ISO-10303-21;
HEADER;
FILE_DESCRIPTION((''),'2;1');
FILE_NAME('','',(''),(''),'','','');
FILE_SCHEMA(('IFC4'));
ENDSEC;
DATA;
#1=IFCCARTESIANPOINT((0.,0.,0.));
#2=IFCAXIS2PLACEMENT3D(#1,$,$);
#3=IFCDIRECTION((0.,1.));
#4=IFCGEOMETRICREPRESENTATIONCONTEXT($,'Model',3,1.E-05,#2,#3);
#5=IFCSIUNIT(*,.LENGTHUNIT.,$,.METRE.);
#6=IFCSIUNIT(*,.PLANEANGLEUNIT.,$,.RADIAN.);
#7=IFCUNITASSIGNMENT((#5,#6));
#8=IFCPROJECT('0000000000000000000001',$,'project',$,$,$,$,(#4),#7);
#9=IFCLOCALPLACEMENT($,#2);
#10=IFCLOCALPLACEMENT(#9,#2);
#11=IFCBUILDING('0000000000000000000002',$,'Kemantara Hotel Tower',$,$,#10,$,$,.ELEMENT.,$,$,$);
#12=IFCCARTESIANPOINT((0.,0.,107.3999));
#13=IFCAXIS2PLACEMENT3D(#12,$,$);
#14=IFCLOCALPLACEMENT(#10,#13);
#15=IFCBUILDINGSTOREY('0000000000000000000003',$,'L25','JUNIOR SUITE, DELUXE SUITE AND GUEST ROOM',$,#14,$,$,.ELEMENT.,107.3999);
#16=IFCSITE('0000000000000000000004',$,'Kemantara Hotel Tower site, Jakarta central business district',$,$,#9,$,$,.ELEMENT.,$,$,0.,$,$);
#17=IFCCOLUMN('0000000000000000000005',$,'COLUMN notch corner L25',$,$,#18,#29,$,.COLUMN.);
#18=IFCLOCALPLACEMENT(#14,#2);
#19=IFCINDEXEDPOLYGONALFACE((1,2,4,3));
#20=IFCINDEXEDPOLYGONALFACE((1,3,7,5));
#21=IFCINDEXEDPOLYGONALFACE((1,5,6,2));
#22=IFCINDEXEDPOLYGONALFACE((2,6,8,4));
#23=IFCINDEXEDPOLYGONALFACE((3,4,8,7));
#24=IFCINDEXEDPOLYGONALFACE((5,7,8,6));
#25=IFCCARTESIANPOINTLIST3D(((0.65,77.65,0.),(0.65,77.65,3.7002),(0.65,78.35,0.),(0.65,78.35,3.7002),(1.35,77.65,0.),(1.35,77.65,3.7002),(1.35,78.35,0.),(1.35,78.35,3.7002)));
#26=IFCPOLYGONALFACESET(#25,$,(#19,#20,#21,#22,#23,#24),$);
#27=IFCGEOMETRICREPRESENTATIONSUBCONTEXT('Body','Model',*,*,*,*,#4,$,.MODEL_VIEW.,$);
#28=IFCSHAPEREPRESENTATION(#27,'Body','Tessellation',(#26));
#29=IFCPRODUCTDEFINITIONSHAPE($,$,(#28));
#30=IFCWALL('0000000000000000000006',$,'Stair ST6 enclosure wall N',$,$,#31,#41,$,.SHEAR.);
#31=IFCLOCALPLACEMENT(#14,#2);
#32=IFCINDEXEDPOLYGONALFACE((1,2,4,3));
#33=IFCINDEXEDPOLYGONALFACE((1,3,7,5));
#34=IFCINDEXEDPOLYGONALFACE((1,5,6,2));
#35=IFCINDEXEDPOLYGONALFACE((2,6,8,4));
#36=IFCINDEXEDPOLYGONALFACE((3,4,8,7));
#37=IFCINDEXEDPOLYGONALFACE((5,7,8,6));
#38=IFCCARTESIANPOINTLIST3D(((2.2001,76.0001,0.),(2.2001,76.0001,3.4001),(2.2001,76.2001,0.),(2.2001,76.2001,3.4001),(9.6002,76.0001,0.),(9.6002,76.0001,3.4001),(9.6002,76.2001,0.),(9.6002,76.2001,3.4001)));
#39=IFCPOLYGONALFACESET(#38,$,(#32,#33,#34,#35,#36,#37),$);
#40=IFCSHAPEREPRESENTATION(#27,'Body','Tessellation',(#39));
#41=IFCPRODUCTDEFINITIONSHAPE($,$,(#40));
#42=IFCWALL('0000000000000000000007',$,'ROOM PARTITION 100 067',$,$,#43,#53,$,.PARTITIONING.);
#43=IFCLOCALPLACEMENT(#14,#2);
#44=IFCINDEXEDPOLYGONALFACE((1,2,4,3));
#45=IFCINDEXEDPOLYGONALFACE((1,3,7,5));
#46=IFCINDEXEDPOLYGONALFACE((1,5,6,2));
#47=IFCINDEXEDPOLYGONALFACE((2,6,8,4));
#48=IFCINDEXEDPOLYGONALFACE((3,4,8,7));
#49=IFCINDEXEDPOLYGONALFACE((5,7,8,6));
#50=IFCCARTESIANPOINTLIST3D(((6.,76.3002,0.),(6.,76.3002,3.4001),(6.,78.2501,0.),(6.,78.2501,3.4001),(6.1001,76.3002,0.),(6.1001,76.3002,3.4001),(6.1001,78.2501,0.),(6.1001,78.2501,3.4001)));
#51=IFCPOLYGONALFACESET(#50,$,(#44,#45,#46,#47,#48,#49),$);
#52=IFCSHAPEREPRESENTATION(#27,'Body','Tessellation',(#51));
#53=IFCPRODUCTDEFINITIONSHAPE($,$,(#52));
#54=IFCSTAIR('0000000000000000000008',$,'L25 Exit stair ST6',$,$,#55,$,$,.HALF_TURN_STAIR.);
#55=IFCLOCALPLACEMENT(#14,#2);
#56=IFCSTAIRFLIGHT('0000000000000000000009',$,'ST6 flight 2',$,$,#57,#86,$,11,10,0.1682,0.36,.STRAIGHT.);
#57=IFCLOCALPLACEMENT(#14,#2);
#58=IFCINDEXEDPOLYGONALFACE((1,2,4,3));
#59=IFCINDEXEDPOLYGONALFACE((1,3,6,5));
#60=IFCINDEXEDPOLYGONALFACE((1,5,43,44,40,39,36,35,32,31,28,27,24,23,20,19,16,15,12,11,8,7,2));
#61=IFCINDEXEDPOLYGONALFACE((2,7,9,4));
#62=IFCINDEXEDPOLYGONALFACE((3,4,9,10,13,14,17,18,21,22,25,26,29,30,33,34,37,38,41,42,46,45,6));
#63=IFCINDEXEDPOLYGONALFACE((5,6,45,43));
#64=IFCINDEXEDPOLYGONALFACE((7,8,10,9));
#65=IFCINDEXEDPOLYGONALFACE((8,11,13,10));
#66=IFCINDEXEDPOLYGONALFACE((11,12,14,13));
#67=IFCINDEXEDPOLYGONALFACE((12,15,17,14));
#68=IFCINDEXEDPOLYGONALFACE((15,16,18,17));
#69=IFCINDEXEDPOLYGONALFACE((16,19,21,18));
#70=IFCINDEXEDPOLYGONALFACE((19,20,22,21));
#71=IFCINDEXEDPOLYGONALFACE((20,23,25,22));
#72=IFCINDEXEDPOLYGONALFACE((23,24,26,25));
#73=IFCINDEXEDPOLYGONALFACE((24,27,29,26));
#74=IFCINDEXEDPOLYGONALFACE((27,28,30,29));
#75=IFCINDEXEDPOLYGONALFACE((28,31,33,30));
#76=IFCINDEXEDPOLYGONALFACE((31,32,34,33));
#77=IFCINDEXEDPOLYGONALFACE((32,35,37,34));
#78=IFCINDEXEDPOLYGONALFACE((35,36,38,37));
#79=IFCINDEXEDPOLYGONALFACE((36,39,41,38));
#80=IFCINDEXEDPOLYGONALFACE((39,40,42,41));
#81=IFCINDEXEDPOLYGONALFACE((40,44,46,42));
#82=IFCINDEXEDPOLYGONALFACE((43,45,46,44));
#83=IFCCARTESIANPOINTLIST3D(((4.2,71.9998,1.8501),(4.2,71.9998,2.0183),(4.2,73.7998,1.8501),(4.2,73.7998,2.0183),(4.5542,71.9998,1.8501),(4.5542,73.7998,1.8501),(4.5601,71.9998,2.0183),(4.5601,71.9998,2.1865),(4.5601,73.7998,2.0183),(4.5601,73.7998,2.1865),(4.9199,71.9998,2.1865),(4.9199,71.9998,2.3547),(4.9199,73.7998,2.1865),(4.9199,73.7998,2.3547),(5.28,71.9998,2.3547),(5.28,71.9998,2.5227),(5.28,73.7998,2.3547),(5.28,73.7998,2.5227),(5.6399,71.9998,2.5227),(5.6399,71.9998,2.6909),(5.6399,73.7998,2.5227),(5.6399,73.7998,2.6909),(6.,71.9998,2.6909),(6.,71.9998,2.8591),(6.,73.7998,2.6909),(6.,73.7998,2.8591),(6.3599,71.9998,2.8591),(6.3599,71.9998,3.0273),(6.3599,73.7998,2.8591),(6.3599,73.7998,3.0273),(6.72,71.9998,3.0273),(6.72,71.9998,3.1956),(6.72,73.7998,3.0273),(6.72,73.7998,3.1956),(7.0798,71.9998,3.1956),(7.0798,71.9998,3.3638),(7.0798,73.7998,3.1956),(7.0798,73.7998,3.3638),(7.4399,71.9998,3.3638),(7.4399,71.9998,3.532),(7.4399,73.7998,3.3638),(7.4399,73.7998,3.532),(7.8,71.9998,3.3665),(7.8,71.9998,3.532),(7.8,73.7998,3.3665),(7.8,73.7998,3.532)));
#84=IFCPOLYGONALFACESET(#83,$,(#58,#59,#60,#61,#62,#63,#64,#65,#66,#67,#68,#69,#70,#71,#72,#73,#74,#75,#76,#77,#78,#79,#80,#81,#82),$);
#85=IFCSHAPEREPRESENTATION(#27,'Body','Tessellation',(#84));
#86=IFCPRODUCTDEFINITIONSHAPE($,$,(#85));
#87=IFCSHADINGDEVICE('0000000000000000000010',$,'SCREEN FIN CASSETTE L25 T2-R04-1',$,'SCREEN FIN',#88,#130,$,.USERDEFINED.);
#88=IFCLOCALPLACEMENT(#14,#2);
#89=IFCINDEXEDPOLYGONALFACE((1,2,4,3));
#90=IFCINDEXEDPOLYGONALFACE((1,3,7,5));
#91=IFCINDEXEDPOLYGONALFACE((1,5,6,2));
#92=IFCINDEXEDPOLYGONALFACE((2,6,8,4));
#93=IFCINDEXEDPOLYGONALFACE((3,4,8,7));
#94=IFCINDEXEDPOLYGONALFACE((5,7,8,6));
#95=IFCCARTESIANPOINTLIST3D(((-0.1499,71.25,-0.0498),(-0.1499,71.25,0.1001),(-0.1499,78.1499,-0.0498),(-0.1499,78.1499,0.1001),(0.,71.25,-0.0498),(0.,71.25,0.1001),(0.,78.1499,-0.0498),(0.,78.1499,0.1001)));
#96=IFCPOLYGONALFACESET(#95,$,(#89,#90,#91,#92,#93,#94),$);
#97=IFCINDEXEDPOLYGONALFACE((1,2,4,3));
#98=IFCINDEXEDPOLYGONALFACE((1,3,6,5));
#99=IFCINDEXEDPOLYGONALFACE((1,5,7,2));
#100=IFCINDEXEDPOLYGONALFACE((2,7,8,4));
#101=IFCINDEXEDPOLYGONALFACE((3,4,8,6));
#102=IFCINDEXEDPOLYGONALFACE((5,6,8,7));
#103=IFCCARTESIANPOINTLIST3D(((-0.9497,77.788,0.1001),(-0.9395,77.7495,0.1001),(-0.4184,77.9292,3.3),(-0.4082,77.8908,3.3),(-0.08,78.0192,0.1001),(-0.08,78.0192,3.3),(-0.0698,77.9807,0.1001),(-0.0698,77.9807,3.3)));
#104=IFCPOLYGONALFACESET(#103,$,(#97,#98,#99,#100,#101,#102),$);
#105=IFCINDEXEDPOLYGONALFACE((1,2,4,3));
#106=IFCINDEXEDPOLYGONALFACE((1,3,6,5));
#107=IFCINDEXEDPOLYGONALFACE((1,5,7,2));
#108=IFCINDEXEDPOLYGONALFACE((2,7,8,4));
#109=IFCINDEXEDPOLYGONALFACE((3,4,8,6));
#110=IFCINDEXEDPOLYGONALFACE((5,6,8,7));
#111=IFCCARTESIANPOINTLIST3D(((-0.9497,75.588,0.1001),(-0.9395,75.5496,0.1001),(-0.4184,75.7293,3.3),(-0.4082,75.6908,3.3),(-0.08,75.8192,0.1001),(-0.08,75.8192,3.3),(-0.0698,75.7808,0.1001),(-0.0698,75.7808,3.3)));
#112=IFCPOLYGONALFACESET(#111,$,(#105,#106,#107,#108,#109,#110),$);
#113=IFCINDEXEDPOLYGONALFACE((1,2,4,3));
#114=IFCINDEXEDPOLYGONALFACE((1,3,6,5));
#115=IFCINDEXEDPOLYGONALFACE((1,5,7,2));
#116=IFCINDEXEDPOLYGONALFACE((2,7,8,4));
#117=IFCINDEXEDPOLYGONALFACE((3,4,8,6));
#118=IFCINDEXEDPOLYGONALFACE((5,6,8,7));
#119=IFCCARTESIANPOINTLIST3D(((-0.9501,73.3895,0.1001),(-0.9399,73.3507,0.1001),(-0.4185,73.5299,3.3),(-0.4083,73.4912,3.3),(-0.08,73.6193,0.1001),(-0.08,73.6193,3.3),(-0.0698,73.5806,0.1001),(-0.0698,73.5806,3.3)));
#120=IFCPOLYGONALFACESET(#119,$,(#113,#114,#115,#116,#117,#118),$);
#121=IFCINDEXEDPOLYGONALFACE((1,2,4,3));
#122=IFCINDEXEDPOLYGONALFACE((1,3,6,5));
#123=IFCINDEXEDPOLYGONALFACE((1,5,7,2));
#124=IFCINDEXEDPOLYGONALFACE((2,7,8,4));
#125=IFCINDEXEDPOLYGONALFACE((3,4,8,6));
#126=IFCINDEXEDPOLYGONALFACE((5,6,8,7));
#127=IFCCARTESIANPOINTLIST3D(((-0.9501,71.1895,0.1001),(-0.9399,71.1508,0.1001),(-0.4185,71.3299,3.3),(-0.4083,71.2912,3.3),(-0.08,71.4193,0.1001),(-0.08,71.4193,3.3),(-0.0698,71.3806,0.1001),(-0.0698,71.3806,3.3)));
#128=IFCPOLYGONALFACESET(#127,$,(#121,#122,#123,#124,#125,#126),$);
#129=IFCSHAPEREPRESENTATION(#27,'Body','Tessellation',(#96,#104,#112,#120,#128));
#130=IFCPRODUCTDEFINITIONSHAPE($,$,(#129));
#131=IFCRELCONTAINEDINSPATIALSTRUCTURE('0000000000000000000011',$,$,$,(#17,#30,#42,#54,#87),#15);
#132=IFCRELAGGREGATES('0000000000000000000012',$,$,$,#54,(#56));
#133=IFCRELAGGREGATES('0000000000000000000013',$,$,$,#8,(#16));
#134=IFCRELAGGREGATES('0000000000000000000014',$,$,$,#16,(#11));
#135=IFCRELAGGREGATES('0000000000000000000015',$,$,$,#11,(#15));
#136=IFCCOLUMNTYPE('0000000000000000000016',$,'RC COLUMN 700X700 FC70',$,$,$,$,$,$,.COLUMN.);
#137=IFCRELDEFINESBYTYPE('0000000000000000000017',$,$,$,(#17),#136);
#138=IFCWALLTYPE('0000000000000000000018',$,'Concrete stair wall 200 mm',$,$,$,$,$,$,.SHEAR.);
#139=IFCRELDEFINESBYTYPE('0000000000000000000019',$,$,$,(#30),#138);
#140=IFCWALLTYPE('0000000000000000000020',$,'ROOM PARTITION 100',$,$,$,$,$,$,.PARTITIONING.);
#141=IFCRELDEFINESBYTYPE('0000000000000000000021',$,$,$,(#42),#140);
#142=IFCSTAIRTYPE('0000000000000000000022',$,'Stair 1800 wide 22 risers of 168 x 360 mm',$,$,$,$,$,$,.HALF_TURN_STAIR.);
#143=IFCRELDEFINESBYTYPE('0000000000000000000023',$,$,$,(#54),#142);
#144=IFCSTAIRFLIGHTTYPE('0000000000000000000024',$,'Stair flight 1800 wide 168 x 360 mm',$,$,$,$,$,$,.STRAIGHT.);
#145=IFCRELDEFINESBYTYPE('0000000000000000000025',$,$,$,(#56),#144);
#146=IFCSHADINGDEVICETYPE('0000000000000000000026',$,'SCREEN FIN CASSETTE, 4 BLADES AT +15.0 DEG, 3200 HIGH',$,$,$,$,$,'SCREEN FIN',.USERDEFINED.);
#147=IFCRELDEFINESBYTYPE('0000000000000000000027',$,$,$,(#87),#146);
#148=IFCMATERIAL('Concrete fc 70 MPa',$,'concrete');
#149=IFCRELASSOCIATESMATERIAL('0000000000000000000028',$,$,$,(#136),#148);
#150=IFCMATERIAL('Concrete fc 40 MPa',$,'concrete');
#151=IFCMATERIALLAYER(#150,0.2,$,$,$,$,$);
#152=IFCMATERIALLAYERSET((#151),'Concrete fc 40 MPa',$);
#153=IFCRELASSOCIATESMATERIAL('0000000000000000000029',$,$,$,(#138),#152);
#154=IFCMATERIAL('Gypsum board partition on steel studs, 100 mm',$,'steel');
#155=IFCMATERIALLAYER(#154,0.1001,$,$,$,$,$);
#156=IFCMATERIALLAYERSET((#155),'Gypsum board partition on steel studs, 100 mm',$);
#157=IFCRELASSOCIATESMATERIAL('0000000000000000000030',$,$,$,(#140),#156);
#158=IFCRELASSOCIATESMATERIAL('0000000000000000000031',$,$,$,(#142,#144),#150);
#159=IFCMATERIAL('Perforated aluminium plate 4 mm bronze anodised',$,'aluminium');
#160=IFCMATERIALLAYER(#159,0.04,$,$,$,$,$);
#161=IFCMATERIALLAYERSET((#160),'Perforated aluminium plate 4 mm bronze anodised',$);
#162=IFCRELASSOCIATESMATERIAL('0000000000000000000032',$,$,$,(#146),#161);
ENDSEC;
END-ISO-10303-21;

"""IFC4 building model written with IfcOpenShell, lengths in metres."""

from ifc_helpers import new_model, si_unit, direction, frame, frame_2d, origin, origin_2d, place, context, subcontext, project, spatial, polyline, rectangle, outline, extrude, source, transform, mapped, material, layer, layer_set, material_profile, profile_set, type_object, element, aggregate, save


model = new_model("IFC4")

# Units and contexts
model_context = context("Model", 3, precision=1e-05, world=origin(), true_north=direction((0.0, 1.0)))
body_context = subcontext(model_context, "Body", "Model", "MODEL_VIEW")
ifc_project = project(units=[si_unit("LENGTHUNIT", "METRE"), si_unit("PLANEANGLEUNIT", "RADIAN")], contexts=[model_context])

# Site, building, storey
site_placement = place(None, origin())
site = spatial("IfcSite", under=ifc_project, at=site_placement, Name="Kemantara Hotel Tower site, Jakarta central business district", CompositionType="ELEMENT", RefElevation=0.0)
building_placement = place(site_placement, origin())
building = spatial("IfcBuilding", under=site, at=building_placement, Name="Kemantara Hotel Tower", CompositionType="ELEMENT")
storey_placement = place(building_placement, frame((0.0, 0.0, 107.3999)))
storey = spatial("IfcBuildingStorey", under=building, at=storey_placement, Name="L25", Description="JUNIOR SUITE, DELUXE SUITE AND GUEST ROOM", CompositionType="ELEMENT", Elevation=107.3999)

# Column
ifc_material_1 = material(Name="Concrete fc 70 MPa", Category="concrete")
ifc_material_profile = material_profile(ifc_material_1, rectangle(XDim=0.7, YDim=0.7, at=origin_2d()), Name="RC 700X700")
ifc_profile_set = profile_set([ifc_material_profile], Name="Concrete fc 70 MPa")
column_type = type_object("IfcColumnType", Name="RC COLUMN 700X700 FC70", PredefinedType="COLUMN", material=ifc_profile_set)
column_placement = place(storey_placement, frame((1.0, 78.0, 0.0), z_axis=(0.0, 0.0, 1.0), x_axis=(1.0, 0.0, 0.0)))
element("IfcColumn", 1, at=column_placement, inside=storey, type_object=column_type, Name="COLUMN notch corner L25", PredefinedType="COLUMN", context=body_context, shape_type="SweptSolid", body=[
    extrude(rectangle(XDim=0.7, YDim=0.7, at=origin_2d()), origin(), (0.0, 0.0, 1.0), 3.7002),
])

# Walls
ifc_material_2 = material(Name="Concrete fc 40 MPa", Category="concrete")
ifc_layer_1 = layer(ifc_material_2, 0.2)
ifc_layer_set_1 = layer_set([ifc_layer_1], Name="Concrete fc 40 MPa")
wall_type_1 = type_object("IfcWallType", Name="Concrete stair wall 200 mm", PredefinedType="SHEAR", material=ifc_layer_set_1)
wall_1_placement = place(storey_placement, frame((2.2, 76.1001, 0.0), z_axis=(0.0, 0.0, 1.0), x_axis=(1.0, 0.0, 0.0)))
element("IfcWall", 2, at=wall_1_placement, inside=storey, type_object=wall_type_1, Name="Stair ST6 enclosure wall N", PredefinedType="SHEAR", context=body_context, shape_type="SweptSolid", body=[
    extrude(rectangle(XDim=7.4001, YDim=0.2, at=frame_2d((3.7002, 0.0))), origin(), (0.0, 0.0, 1.0), 3.4001),
])
ifc_material_3 = material(Name="Gypsum board partition on steel studs, 100 mm", Category="steel")
ifc_layer_2 = layer(ifc_material_3, 0.1001)
ifc_layer_set_2 = layer_set([ifc_layer_2], Name="Gypsum board partition on steel studs, 100 mm")
wall_type_2 = type_object("IfcWallType", Name="ROOM PARTITION 100", PredefinedType="PARTITIONING", material=ifc_layer_set_2)
wall_2_placement = place(storey_placement, frame((6.05, 76.3, 0.0), z_axis=(0.0, 0.0, 1.0), x_axis=(0.0, 1.0, 0.0)))
element("IfcWall", 3, at=wall_2_placement, inside=storey, type_object=wall_type_2, Name="ROOM PARTITION 100 067", PredefinedType="PARTITIONING", context=body_context, shape_type="SweptSolid", body=[
    extrude(rectangle(XDim=1.95, YDim=0.1001, at=frame_2d((0.9751, 0.0))), origin(), (0.0, 0.0, 1.0), 3.4001),
])

# Stair, stair flight
stair_type = type_object("IfcStairType", Name="Stair 1800 wide 22 risers of 168 x 360 mm", PredefinedType="HALF_TURN_STAIR", material=ifc_material_2)
stair_placement = place(storey_placement, origin())
stair = element("IfcStair", 4, at=stair_placement, inside=storey, type_object=stair_type, Name="L25 Exit stair ST6", PredefinedType="HALF_TURN_STAIR")
stair_flight_type = type_object("IfcStairFlightType", Name="Stair flight 1800 wide 168 x 360 mm", PredefinedType="STRAIGHT", material=ifc_material_2)
stair_flight_placement = place(storey_placement, frame((4.2, 72.8999, 1.8501), z_axis=(0.0, 0.0, 1.0), x_axis=(1.0, 0.0, 0.0)))
stair_flight = element("IfcStairFlight", 5, at=stair_flight_placement, type_object=stair_flight_type, Name="ST6 flight 2", NumberOfRisers=11, NumberOfTreads=10, PredefinedType="STRAIGHT", RiserHeight=0.1682, TreadLength=0.36, context=body_context, shape_type="SweptSolid", body=[
    extrude(outline(polyline([(0.0, 0.0), (0.0, 0.1682), (0.3601, 0.1682), (0.3601, 0.3364), (0.72, 0.3364), (0.72, 0.5046), (1.0801, 0.5046), (1.0801, 0.6726), (1.4399, 0.6726), (1.4399, 0.8408), (1.8, 0.8408), (1.8, 1.009), (2.1599, 1.009), (2.1599, 1.1772), (2.52, 1.1772), (2.52, 1.3455), (2.8799, 1.3455), (2.8799, 1.5137), (3.24, 1.5137), (3.24, 1.6819), (3.6001, 1.6819), (3.6001, 1.8501), (3.6001, 1.5164), (0.3542, 0.0), (0.0, 0.0)])), frame((0.0, 0.8999, 0.0), z_axis=(0.0, -1.0, 0.0), x_axis=(1.0, 0.0, 0.0)), (0.0, 0.0, 1.0), 1.8),
])
aggregate(stair, [stair_flight])

# Shading device
ifc_material_4 = material(Name="Perforated aluminium plate 4 mm bronze anodised", Category="aluminium")
ifc_layer_3 = layer(ifc_material_4, 0.04)
ifc_layer_set_3 = layer_set([ifc_layer_3], Name="Perforated aluminium plate 4 mm bronze anodised")
shading_device_type = type_object("IfcShadingDeviceType", Name="SCREEN FIN CASSETTE, 4 BLADES AT +15.0 DEG, 3200 HIGH", ElementType="SCREEN FIN", PredefinedType="USERDEFINED", material=ifc_layer_set_3)
shared_shape = source(origin(), body_context, "Body", "SweptSolid", [
    extrude(rectangle(XDim=6.8999, YDim=0.1499, at=origin_2d()), frame((3.3, -0.075, -0.1499), z_axis=(0.0, 0.0, 1.0), x_axis=(1.0, 0.0, 0.0)), (0.0, 0.0, 1.0), 0.1499),
    extrude(outline(polyline([(0.0, 0.0), (0.8999, 0.0), (0.3501, 3.2), (0.0, 3.2), (0.0, 0.0)])), frame((0.0193, -0.0698, 0.0), z_axis=(-0.966438, -0.256901, 0.0), x_axis=(0.256901, -0.966438, 0.0)), (0.0, 0.0, 1.0), 0.0398),
    extrude(outline(polyline([(0.0, 0.0), (0.8999, 0.0), (0.3501, 3.2), (0.0, 3.2), (0.0, 0.0)])), frame((2.2192, -0.0698, 0.0), z_axis=(-0.966438, -0.256901, 0.0), x_axis=(0.256901, -0.966438, 0.0)), (0.0, 0.0, 1.0), 0.0398),
    extrude(outline(polyline([(0.0, 0.0), (0.8999, 0.0), (0.3501, 3.2), (0.0, 3.2), (0.0, 0.0)])), frame((4.4194, -0.0698, 0.0), z_axis=(-0.966838, -0.255391, 0.0), x_axis=(0.255391, -0.966838, 0.0)), (0.0, 0.0, 1.0), 0.04),
    extrude(outline(polyline([(0.0, 0.0), (0.8999, 0.0), (0.3501, 3.2), (0.0, 3.2), (0.0, 0.0)])), frame((6.6194, -0.0698, 0.0), z_axis=(-0.966838, -0.255391, 0.0), x_axis=(0.255391, -0.966838, 0.0)), (0.0, 0.0, 1.0), 0.04),
])
shading_device_placement = place(storey_placement, frame((0.0, 78.0, 0.1001), z_axis=(0.0, 0.0, 1.0), x_axis=(0.0, -1.0, 0.0)))
element("IfcShadingDevice", 6, at=shading_device_placement, inside=storey, type_object=shading_device_type, Name="SCREEN FIN CASSETTE L25 T2-R04-1", ObjectType="SCREEN FIN", PredefinedType="USERDEFINED", context=body_context, shape_type="MappedRepresentation", body=[
    mapped(shared_shape, transform((0.0, 0.0, 0.0))),
])

save(model, "model.ifc")
